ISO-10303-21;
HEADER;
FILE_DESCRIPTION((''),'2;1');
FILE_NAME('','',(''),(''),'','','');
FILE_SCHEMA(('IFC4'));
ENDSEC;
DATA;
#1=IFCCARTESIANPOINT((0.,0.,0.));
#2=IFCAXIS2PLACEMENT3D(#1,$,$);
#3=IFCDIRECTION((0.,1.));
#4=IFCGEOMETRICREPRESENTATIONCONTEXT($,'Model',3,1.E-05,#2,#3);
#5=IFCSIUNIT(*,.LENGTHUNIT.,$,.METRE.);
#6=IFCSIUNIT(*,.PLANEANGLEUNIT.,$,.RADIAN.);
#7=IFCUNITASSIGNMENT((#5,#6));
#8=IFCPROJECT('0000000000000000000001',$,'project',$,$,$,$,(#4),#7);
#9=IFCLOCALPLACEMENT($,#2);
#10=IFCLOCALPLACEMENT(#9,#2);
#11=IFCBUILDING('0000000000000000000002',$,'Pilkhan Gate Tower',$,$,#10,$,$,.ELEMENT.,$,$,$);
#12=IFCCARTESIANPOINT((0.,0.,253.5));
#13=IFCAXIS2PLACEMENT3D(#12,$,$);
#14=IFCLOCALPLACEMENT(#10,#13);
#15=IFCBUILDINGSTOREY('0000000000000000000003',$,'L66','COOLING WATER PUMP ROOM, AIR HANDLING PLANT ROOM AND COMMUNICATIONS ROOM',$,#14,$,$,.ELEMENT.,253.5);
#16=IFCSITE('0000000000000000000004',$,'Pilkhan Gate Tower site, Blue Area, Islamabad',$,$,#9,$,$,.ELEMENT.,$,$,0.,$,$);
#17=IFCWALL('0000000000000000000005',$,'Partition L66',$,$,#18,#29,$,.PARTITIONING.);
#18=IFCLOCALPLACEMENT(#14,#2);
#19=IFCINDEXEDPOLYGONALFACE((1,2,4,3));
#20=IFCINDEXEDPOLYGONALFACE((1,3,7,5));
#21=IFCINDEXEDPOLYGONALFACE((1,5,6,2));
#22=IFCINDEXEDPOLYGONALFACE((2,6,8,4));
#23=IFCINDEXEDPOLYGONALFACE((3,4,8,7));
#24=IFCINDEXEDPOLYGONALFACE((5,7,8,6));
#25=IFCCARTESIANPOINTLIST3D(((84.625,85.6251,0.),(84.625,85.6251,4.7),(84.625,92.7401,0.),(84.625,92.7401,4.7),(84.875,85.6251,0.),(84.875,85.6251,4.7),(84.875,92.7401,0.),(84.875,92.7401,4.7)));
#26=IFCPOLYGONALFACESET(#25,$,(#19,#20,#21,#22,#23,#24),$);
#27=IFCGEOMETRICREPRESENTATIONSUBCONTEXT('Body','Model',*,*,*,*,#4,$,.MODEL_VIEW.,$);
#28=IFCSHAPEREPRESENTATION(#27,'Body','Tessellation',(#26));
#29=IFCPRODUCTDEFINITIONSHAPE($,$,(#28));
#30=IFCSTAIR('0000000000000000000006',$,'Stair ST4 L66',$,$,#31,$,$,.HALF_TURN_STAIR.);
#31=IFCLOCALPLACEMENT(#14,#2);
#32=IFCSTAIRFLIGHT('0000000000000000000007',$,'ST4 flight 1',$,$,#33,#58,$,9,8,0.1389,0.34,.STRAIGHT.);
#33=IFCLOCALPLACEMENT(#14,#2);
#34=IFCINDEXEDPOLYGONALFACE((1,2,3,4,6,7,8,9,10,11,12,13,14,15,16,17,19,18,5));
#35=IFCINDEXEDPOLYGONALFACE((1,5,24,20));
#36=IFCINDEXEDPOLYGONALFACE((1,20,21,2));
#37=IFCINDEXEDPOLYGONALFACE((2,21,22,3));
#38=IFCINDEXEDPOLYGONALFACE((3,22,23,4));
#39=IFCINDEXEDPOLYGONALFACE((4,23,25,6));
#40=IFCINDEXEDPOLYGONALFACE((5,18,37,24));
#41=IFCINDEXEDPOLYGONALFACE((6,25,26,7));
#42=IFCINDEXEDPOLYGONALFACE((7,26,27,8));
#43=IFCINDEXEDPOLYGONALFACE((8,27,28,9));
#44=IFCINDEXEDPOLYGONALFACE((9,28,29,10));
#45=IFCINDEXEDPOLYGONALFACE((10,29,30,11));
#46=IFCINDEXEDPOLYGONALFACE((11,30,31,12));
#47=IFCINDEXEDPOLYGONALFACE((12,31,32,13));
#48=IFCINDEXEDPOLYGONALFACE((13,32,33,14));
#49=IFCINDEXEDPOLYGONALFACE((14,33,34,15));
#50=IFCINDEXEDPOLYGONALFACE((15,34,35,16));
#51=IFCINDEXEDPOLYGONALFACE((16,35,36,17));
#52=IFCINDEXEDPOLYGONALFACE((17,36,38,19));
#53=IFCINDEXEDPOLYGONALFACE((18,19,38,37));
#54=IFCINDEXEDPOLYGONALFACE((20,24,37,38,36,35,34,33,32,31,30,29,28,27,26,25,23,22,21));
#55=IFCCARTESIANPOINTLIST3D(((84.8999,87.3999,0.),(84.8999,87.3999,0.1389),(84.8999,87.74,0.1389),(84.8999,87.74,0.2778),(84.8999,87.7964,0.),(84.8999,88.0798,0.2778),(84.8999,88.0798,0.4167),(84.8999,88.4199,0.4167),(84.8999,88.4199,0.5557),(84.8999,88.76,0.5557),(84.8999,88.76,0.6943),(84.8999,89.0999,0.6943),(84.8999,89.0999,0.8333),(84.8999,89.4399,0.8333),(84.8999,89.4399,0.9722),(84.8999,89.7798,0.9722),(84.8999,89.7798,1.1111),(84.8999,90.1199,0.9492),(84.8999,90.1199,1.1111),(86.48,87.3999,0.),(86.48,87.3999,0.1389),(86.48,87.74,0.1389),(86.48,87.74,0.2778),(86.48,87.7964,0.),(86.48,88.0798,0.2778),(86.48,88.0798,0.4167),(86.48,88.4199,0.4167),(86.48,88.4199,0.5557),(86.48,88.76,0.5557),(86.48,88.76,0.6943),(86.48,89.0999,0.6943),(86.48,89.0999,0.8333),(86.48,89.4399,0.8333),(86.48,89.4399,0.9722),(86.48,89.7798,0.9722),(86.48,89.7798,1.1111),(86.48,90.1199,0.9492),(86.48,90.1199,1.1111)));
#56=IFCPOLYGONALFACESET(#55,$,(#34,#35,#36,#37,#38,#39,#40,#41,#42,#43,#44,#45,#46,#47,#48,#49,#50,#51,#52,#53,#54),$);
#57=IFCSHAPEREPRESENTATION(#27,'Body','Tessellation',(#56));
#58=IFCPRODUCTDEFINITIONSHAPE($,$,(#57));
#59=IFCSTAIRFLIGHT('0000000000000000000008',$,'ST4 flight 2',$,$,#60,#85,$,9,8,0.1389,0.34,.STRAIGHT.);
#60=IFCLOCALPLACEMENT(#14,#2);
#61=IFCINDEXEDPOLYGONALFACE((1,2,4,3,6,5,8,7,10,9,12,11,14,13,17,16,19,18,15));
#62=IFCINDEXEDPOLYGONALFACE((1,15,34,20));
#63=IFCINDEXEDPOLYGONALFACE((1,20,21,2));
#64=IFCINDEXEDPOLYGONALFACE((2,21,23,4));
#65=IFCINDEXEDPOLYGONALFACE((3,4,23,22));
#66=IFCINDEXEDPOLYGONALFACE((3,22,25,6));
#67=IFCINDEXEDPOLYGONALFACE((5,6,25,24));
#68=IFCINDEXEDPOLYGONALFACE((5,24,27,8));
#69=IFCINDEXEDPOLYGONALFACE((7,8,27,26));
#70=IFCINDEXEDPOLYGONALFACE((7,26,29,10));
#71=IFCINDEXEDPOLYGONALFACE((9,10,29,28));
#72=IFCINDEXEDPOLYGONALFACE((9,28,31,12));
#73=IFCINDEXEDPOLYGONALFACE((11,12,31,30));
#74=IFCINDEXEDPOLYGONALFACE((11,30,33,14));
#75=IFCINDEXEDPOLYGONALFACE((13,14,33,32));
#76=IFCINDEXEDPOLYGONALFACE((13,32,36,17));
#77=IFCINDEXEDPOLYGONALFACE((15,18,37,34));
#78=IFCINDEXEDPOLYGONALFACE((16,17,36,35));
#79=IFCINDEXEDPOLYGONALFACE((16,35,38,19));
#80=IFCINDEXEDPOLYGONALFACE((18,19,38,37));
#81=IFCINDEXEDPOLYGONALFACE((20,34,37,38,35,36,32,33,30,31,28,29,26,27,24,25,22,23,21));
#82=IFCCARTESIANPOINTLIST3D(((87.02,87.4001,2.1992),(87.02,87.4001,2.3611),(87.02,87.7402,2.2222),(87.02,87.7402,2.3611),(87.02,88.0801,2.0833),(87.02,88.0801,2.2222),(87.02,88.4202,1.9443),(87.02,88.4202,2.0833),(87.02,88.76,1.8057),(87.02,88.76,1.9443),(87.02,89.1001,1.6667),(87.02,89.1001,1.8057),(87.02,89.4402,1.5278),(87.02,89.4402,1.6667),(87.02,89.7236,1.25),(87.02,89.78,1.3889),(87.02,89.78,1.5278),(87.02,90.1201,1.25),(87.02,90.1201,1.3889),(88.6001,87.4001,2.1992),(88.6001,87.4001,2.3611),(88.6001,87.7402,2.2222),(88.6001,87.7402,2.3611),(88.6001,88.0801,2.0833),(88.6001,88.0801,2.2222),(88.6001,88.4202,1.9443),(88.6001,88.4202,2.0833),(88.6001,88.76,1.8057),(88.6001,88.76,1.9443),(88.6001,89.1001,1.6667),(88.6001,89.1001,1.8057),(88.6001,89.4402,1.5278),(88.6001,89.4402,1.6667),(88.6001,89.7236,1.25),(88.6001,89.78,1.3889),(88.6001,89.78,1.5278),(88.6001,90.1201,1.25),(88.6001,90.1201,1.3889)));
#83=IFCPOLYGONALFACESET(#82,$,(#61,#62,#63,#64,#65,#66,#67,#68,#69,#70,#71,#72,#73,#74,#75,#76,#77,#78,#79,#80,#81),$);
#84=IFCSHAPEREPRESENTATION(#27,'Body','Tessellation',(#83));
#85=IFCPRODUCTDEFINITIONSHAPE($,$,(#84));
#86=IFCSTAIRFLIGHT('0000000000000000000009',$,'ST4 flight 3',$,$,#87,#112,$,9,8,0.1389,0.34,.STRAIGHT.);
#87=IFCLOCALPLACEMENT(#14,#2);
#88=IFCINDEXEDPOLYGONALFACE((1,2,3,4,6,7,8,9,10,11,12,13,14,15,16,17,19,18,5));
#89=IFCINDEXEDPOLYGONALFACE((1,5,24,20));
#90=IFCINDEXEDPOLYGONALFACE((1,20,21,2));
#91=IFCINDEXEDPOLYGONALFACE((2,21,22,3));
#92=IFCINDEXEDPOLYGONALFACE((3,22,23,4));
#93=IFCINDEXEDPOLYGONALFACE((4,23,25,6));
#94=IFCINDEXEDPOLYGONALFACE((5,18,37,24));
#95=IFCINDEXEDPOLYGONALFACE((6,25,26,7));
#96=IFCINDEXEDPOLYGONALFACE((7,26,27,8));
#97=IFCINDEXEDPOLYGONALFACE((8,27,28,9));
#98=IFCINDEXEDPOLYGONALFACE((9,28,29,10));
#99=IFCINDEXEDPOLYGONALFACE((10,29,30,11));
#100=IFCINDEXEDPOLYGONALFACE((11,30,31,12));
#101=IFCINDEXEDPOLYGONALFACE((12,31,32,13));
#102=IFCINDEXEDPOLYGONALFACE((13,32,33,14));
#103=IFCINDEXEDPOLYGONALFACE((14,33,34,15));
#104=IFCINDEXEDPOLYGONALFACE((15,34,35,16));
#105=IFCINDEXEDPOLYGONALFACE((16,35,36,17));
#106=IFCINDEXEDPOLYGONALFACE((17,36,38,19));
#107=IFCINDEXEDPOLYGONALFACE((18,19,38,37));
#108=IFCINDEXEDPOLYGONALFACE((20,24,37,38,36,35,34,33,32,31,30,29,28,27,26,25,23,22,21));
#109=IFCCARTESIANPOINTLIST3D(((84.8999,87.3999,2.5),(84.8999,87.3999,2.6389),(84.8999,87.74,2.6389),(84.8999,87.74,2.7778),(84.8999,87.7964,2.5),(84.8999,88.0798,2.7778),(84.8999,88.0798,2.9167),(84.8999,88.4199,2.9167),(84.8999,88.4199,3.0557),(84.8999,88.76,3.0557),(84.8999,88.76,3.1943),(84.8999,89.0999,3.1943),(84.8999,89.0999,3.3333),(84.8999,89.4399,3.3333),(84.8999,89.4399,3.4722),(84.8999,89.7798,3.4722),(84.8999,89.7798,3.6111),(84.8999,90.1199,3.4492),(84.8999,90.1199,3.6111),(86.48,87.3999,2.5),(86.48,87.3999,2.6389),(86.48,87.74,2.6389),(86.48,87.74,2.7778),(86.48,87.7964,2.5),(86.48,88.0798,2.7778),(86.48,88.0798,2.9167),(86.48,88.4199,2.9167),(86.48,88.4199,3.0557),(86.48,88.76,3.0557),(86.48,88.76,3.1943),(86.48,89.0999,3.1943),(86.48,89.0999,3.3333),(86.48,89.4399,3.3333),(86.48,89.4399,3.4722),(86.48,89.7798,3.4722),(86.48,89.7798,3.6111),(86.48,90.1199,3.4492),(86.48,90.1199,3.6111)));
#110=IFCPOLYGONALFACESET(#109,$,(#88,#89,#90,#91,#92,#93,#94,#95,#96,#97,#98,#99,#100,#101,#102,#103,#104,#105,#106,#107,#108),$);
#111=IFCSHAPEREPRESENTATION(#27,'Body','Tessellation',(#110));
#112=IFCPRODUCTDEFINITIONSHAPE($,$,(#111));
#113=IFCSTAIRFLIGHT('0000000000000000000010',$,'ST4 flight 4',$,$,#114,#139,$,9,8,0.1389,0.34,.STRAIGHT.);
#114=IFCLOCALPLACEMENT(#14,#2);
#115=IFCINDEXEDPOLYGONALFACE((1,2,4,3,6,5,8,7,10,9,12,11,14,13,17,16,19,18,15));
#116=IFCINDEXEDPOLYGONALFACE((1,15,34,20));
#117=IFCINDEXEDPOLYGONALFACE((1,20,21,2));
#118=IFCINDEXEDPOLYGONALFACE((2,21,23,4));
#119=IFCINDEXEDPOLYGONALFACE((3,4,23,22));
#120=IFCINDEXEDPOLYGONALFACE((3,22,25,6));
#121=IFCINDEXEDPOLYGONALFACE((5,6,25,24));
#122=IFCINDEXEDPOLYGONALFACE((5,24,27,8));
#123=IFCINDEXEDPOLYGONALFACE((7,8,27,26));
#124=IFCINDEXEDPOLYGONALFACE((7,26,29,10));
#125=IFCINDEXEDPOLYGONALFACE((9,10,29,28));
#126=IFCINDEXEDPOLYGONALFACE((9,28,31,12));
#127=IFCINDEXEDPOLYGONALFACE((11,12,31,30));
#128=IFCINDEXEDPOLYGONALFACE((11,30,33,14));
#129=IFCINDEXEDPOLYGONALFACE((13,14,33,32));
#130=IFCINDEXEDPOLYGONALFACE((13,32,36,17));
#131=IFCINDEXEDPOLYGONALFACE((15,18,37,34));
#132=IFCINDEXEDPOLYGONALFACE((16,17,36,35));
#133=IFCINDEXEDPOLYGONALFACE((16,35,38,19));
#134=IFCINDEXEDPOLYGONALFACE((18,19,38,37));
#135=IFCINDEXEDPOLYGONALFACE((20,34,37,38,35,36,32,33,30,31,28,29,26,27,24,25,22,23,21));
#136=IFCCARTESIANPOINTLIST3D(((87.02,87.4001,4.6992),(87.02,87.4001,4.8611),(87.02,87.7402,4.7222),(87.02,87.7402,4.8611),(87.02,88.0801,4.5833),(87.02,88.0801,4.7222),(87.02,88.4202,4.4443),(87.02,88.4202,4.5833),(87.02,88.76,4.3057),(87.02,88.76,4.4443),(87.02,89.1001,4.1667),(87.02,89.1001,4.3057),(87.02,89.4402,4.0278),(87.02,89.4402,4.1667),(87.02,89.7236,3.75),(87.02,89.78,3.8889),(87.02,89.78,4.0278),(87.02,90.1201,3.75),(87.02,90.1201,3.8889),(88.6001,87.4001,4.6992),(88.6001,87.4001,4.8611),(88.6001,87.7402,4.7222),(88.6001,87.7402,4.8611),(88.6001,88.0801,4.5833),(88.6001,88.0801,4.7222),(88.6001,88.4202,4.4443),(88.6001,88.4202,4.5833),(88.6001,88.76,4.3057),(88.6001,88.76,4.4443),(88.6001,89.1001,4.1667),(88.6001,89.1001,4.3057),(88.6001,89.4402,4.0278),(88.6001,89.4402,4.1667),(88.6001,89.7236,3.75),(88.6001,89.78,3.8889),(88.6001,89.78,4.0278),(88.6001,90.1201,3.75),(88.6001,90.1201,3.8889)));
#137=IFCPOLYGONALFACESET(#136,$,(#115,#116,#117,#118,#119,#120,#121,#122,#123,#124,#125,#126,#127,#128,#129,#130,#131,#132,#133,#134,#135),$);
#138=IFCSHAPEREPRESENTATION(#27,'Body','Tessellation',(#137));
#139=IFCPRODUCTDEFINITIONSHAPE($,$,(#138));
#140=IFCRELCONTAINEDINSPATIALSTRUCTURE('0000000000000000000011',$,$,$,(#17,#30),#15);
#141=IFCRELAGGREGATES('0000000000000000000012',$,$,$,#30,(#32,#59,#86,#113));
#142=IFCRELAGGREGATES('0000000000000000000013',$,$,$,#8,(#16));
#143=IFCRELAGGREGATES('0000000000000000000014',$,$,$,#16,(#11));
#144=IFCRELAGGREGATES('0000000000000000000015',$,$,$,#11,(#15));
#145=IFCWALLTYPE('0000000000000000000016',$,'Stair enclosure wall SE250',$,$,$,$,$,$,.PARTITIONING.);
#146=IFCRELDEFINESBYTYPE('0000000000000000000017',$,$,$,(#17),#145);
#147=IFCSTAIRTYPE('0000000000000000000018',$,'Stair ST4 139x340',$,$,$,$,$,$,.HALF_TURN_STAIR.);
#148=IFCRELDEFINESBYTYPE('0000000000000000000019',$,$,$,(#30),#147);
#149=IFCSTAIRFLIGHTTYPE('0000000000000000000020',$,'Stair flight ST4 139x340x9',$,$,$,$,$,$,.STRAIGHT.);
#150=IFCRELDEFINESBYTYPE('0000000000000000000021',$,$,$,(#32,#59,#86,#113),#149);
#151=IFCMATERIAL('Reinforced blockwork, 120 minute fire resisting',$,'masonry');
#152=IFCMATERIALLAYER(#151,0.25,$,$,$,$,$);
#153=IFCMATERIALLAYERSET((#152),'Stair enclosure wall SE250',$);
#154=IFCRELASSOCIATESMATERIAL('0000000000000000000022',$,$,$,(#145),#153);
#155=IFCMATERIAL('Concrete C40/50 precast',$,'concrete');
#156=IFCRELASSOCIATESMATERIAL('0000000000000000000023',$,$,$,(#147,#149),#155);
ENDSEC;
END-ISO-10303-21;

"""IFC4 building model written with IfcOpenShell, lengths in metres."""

from ifc_helpers import new_model, si_unit, direction, frame, frame_2d, origin, place, context, subcontext, project, spatial, polyline, rectangle, outline, extrude, material, layer, layer_set, type_object, element, aggregate, save


model = new_model("IFC4")

# Units and contexts
model_context = context("Model", 3, precision=1e-05, world=origin(), true_north=direction((0.0, 1.0)))
body_context = subcontext(model_context, "Body", "Model", "MODEL_VIEW")
ifc_project = project(units=[si_unit("LENGTHUNIT", "METRE"), si_unit("PLANEANGLEUNIT", "RADIAN")], contexts=[model_context])

# Site, building, storey
site_placement = place(None, origin())
site = spatial("IfcSite", under=ifc_project, at=site_placement, Name="Pilkhan Gate Tower site, Blue Area, Islamabad", CompositionType="ELEMENT", RefElevation=0.0)
building_placement = place(site_placement, origin())
building = spatial("IfcBuilding", under=site, at=building_placement, Name="Pilkhan Gate Tower", CompositionType="ELEMENT")
storey_placement = place(building_placement, frame((0.0, 0.0, 253.5)))
storey = spatial("IfcBuildingStorey", under=building, at=storey_placement, Name="L66", Description="COOLING WATER PUMP ROOM, AIR HANDLING PLANT ROOM AND COMMUNICATIONS ROOM", CompositionType="ELEMENT", Elevation=253.5)

# Wall
ifc_material_1 = material(Name="Reinforced blockwork, 120 minute fire resisting", Category="masonry")
ifc_layer_1 = layer(ifc_material_1, 0.25)
ifc_layer_set_1 = layer_set([ifc_layer_1], Name="Stair enclosure wall SE250")
wall_type_1 = type_object("IfcWallType", Name="Stair enclosure wall SE250", PredefinedType="PARTITIONING", material=ifc_layer_set_1)
wall_1_placement = place(storey_placement, frame((84.75, 85.625, 0.0), z_axis=(0.0, 0.0, 1.0), x_axis=(0.0, 1.0, 0.0)))
element("IfcWall", 1, at=wall_1_placement, inside=storey, type_object=wall_type_1, Name="Partition L66", PredefinedType="PARTITIONING", context=body_context, shape_type="SweptSolid", body=[
    extrude(rectangle(XDim=7.115, YDim=0.25, at=frame_2d((3.5576, 0.0))), origin(), (0.0, 0.0, 1.0), 4.7),
])

# Stair, stair flights
ifc_material_2 = material(Name="Concrete C40/50 precast", Category="concrete")
stair_type = type_object("IfcStairType", Name="Stair ST4 139x340", PredefinedType="HALF_TURN_STAIR", material=ifc_material_2)
stair_placement = place(storey_placement, origin())
stair = element("IfcStair", 2, at=stair_placement, inside=storey, type_object=stair_type, Name="Stair ST4 L66", PredefinedType="HALF_TURN_STAIR")
stair_flight_type = type_object("IfcStairFlightType", Name="Stair flight ST4 139x340x9", PredefinedType="STRAIGHT", material=ifc_material_2)
stair_flight_1_placement = place(storey_placement, frame((85.6899, 87.3999, 0.0), z_axis=(0.0, 0.0, 1.0), x_axis=(0.0, 1.0, 0.0)))
stair_flight_1 = element("IfcStairFlight", 3, at=stair_flight_1_placement, type_object=stair_flight_type, Name="ST4 flight 1", NumberOfRisers=9, NumberOfTreads=8, PredefinedType="STRAIGHT", RiserHeight=0.1389, TreadLength=0.34, context=body_context, shape_type="SweptSolid", body=[
    extrude(outline(polyline([(0.0, 0.0), (0.0, 0.1389), (0.3401, 0.1389), (0.3401, 0.2778), (0.6799, 0.2778), (0.6799, 0.4167), (1.02, 0.4167), (1.02, 0.5557), (1.3601, 0.5557), (1.3601, 0.6943), (1.7, 0.6943), (1.7, 0.8333), (2.04, 0.8333), (2.04, 0.9722), (2.3799, 0.9722), (2.3799, 1.1111), (2.72, 1.1111), (2.72, 1.25), (2.72, 0.9492), (0.3965, 0.0), (0.0, 0.0)])), frame((0.0, 0.79, 0.0), z_axis=(0.0, -1.0, 0.0), x_axis=(1.0, 0.0, 0.0)), (0.0, 0.0, 1.0), 1.5801),
])
stair_flight_2_placement = place(storey_placement, frame((87.8101, 90.1201, 1.25), z_axis=(0.0, 0.0, 1.0), x_axis=(0.0, -1.0, 0.0)))
stair_flight_2 = element("IfcStairFlight", 4, at=stair_flight_2_placement, type_object=stair_flight_type, Name="ST4 flight 2", NumberOfRisers=9, NumberOfTreads=8, PredefinedType="STRAIGHT", RiserHeight=0.1389, TreadLength=0.34, context=body_context, shape_type="SweptSolid", body=[
    extrude(outline(polyline([(0.0, 0.0), (0.0, 0.1389), (0.3401, 0.1389), (0.3401, 0.2778), (0.6799, 0.2778), (0.6799, 0.4167), (1.02, 0.4167), (1.02, 0.5557), (1.3601, 0.5557), (1.3601, 0.6943), (1.7, 0.6943), (1.7, 0.8333), (2.04, 0.8333), (2.04, 0.9722), (2.3799, 0.9722), (2.3799, 1.1111), (2.72, 1.1111), (2.72, 1.25), (2.72, 0.9492), (0.3965, 0.0), (0.0, 0.0)])), frame((0.0, 0.79, 0.0), z_axis=(0.0, -1.0, 0.0), x_axis=(1.0, 0.0, 0.0)), (0.0, 0.0, 1.0), 1.5801),
])
stair_flight_3_placement = place(storey_placement, frame((85.6899, 87.3999, 2.5), z_axis=(0.0, 0.0, 1.0), x_axis=(0.0, 1.0, 0.0)))
stair_flight_3 = element("IfcStairFlight", 5, at=stair_flight_3_placement, type_object=stair_flight_type, Name="ST4 flight 3", NumberOfRisers=9, NumberOfTreads=8, PredefinedType="STRAIGHT", RiserHeight=0.1389, TreadLength=0.34, context=body_context, shape_type="SweptSolid", body=[
    extrude(outline(polyline([(0.0, 0.0), (0.0, 0.1389), (0.3401, 0.1389), (0.3401, 0.2778), (0.6799, 0.2778), (0.6799, 0.4167), (1.02, 0.4167), (1.02, 0.5557), (1.3601, 0.5557), (1.3601, 0.6943), (1.7, 0.6943), (1.7, 0.8333), (2.04, 0.8333), (2.04, 0.9722), (2.3799, 0.9722), (2.3799, 1.1111), (2.72, 1.1111), (2.72, 1.25), (2.72, 0.9492), (0.3965, 0.0), (0.0, 0.0)])), frame((0.0, 0.79, 0.0), z_axis=(0.0, -1.0, 0.0), x_axis=(1.0, 0.0, 0.0)), (0.0, 0.0, 1.0), 1.5801),
])
stair_flight_4_placement = place(storey_placement, frame((87.8101, 90.1201, 3.75), z_axis=(0.0, 0.0, 1.0), x_axis=(0.0, -1.0, 0.0)))
stair_flight_4 = element("IfcStairFlight", 6, at=stair_flight_4_placement, type_object=stair_flight_type, Name="ST4 flight 4", NumberOfRisers=9, NumberOfTreads=8, PredefinedType="STRAIGHT", RiserHeight=0.1389, TreadLength=0.34, context=body_context, shape_type="SweptSolid", body=[
    extrude(outline(polyline([(0.0, 0.0), (0.0, 0.1389), (0.3401, 0.1389), (0.3401, 0.2778), (0.6799, 0.2778), (0.6799, 0.4167), (1.02, 0.4167), (1.02, 0.5557), (1.3601, 0.5557), (1.3601, 0.6943), (1.7, 0.6943), (1.7, 0.8333), (2.04, 0.8333), (2.04, 0.9722), (2.3799, 0.9722), (2.3799, 1.1111), (2.72, 1.1111), (2.72, 1.25), (2.72, 0.9492), (0.3965, 0.0), (0.0, 0.0)])), frame((0.0, 0.79, 0.0), z_axis=(0.0, -1.0, 0.0), x_axis=(1.0, 0.0, 0.0)), (0.0, 0.0, 1.0), 1.5801),
])
aggregate(stair, [stair_flight_1, stair_flight_2, stair_flight_3, stair_flight_4])

save(model, "model.ifc")
